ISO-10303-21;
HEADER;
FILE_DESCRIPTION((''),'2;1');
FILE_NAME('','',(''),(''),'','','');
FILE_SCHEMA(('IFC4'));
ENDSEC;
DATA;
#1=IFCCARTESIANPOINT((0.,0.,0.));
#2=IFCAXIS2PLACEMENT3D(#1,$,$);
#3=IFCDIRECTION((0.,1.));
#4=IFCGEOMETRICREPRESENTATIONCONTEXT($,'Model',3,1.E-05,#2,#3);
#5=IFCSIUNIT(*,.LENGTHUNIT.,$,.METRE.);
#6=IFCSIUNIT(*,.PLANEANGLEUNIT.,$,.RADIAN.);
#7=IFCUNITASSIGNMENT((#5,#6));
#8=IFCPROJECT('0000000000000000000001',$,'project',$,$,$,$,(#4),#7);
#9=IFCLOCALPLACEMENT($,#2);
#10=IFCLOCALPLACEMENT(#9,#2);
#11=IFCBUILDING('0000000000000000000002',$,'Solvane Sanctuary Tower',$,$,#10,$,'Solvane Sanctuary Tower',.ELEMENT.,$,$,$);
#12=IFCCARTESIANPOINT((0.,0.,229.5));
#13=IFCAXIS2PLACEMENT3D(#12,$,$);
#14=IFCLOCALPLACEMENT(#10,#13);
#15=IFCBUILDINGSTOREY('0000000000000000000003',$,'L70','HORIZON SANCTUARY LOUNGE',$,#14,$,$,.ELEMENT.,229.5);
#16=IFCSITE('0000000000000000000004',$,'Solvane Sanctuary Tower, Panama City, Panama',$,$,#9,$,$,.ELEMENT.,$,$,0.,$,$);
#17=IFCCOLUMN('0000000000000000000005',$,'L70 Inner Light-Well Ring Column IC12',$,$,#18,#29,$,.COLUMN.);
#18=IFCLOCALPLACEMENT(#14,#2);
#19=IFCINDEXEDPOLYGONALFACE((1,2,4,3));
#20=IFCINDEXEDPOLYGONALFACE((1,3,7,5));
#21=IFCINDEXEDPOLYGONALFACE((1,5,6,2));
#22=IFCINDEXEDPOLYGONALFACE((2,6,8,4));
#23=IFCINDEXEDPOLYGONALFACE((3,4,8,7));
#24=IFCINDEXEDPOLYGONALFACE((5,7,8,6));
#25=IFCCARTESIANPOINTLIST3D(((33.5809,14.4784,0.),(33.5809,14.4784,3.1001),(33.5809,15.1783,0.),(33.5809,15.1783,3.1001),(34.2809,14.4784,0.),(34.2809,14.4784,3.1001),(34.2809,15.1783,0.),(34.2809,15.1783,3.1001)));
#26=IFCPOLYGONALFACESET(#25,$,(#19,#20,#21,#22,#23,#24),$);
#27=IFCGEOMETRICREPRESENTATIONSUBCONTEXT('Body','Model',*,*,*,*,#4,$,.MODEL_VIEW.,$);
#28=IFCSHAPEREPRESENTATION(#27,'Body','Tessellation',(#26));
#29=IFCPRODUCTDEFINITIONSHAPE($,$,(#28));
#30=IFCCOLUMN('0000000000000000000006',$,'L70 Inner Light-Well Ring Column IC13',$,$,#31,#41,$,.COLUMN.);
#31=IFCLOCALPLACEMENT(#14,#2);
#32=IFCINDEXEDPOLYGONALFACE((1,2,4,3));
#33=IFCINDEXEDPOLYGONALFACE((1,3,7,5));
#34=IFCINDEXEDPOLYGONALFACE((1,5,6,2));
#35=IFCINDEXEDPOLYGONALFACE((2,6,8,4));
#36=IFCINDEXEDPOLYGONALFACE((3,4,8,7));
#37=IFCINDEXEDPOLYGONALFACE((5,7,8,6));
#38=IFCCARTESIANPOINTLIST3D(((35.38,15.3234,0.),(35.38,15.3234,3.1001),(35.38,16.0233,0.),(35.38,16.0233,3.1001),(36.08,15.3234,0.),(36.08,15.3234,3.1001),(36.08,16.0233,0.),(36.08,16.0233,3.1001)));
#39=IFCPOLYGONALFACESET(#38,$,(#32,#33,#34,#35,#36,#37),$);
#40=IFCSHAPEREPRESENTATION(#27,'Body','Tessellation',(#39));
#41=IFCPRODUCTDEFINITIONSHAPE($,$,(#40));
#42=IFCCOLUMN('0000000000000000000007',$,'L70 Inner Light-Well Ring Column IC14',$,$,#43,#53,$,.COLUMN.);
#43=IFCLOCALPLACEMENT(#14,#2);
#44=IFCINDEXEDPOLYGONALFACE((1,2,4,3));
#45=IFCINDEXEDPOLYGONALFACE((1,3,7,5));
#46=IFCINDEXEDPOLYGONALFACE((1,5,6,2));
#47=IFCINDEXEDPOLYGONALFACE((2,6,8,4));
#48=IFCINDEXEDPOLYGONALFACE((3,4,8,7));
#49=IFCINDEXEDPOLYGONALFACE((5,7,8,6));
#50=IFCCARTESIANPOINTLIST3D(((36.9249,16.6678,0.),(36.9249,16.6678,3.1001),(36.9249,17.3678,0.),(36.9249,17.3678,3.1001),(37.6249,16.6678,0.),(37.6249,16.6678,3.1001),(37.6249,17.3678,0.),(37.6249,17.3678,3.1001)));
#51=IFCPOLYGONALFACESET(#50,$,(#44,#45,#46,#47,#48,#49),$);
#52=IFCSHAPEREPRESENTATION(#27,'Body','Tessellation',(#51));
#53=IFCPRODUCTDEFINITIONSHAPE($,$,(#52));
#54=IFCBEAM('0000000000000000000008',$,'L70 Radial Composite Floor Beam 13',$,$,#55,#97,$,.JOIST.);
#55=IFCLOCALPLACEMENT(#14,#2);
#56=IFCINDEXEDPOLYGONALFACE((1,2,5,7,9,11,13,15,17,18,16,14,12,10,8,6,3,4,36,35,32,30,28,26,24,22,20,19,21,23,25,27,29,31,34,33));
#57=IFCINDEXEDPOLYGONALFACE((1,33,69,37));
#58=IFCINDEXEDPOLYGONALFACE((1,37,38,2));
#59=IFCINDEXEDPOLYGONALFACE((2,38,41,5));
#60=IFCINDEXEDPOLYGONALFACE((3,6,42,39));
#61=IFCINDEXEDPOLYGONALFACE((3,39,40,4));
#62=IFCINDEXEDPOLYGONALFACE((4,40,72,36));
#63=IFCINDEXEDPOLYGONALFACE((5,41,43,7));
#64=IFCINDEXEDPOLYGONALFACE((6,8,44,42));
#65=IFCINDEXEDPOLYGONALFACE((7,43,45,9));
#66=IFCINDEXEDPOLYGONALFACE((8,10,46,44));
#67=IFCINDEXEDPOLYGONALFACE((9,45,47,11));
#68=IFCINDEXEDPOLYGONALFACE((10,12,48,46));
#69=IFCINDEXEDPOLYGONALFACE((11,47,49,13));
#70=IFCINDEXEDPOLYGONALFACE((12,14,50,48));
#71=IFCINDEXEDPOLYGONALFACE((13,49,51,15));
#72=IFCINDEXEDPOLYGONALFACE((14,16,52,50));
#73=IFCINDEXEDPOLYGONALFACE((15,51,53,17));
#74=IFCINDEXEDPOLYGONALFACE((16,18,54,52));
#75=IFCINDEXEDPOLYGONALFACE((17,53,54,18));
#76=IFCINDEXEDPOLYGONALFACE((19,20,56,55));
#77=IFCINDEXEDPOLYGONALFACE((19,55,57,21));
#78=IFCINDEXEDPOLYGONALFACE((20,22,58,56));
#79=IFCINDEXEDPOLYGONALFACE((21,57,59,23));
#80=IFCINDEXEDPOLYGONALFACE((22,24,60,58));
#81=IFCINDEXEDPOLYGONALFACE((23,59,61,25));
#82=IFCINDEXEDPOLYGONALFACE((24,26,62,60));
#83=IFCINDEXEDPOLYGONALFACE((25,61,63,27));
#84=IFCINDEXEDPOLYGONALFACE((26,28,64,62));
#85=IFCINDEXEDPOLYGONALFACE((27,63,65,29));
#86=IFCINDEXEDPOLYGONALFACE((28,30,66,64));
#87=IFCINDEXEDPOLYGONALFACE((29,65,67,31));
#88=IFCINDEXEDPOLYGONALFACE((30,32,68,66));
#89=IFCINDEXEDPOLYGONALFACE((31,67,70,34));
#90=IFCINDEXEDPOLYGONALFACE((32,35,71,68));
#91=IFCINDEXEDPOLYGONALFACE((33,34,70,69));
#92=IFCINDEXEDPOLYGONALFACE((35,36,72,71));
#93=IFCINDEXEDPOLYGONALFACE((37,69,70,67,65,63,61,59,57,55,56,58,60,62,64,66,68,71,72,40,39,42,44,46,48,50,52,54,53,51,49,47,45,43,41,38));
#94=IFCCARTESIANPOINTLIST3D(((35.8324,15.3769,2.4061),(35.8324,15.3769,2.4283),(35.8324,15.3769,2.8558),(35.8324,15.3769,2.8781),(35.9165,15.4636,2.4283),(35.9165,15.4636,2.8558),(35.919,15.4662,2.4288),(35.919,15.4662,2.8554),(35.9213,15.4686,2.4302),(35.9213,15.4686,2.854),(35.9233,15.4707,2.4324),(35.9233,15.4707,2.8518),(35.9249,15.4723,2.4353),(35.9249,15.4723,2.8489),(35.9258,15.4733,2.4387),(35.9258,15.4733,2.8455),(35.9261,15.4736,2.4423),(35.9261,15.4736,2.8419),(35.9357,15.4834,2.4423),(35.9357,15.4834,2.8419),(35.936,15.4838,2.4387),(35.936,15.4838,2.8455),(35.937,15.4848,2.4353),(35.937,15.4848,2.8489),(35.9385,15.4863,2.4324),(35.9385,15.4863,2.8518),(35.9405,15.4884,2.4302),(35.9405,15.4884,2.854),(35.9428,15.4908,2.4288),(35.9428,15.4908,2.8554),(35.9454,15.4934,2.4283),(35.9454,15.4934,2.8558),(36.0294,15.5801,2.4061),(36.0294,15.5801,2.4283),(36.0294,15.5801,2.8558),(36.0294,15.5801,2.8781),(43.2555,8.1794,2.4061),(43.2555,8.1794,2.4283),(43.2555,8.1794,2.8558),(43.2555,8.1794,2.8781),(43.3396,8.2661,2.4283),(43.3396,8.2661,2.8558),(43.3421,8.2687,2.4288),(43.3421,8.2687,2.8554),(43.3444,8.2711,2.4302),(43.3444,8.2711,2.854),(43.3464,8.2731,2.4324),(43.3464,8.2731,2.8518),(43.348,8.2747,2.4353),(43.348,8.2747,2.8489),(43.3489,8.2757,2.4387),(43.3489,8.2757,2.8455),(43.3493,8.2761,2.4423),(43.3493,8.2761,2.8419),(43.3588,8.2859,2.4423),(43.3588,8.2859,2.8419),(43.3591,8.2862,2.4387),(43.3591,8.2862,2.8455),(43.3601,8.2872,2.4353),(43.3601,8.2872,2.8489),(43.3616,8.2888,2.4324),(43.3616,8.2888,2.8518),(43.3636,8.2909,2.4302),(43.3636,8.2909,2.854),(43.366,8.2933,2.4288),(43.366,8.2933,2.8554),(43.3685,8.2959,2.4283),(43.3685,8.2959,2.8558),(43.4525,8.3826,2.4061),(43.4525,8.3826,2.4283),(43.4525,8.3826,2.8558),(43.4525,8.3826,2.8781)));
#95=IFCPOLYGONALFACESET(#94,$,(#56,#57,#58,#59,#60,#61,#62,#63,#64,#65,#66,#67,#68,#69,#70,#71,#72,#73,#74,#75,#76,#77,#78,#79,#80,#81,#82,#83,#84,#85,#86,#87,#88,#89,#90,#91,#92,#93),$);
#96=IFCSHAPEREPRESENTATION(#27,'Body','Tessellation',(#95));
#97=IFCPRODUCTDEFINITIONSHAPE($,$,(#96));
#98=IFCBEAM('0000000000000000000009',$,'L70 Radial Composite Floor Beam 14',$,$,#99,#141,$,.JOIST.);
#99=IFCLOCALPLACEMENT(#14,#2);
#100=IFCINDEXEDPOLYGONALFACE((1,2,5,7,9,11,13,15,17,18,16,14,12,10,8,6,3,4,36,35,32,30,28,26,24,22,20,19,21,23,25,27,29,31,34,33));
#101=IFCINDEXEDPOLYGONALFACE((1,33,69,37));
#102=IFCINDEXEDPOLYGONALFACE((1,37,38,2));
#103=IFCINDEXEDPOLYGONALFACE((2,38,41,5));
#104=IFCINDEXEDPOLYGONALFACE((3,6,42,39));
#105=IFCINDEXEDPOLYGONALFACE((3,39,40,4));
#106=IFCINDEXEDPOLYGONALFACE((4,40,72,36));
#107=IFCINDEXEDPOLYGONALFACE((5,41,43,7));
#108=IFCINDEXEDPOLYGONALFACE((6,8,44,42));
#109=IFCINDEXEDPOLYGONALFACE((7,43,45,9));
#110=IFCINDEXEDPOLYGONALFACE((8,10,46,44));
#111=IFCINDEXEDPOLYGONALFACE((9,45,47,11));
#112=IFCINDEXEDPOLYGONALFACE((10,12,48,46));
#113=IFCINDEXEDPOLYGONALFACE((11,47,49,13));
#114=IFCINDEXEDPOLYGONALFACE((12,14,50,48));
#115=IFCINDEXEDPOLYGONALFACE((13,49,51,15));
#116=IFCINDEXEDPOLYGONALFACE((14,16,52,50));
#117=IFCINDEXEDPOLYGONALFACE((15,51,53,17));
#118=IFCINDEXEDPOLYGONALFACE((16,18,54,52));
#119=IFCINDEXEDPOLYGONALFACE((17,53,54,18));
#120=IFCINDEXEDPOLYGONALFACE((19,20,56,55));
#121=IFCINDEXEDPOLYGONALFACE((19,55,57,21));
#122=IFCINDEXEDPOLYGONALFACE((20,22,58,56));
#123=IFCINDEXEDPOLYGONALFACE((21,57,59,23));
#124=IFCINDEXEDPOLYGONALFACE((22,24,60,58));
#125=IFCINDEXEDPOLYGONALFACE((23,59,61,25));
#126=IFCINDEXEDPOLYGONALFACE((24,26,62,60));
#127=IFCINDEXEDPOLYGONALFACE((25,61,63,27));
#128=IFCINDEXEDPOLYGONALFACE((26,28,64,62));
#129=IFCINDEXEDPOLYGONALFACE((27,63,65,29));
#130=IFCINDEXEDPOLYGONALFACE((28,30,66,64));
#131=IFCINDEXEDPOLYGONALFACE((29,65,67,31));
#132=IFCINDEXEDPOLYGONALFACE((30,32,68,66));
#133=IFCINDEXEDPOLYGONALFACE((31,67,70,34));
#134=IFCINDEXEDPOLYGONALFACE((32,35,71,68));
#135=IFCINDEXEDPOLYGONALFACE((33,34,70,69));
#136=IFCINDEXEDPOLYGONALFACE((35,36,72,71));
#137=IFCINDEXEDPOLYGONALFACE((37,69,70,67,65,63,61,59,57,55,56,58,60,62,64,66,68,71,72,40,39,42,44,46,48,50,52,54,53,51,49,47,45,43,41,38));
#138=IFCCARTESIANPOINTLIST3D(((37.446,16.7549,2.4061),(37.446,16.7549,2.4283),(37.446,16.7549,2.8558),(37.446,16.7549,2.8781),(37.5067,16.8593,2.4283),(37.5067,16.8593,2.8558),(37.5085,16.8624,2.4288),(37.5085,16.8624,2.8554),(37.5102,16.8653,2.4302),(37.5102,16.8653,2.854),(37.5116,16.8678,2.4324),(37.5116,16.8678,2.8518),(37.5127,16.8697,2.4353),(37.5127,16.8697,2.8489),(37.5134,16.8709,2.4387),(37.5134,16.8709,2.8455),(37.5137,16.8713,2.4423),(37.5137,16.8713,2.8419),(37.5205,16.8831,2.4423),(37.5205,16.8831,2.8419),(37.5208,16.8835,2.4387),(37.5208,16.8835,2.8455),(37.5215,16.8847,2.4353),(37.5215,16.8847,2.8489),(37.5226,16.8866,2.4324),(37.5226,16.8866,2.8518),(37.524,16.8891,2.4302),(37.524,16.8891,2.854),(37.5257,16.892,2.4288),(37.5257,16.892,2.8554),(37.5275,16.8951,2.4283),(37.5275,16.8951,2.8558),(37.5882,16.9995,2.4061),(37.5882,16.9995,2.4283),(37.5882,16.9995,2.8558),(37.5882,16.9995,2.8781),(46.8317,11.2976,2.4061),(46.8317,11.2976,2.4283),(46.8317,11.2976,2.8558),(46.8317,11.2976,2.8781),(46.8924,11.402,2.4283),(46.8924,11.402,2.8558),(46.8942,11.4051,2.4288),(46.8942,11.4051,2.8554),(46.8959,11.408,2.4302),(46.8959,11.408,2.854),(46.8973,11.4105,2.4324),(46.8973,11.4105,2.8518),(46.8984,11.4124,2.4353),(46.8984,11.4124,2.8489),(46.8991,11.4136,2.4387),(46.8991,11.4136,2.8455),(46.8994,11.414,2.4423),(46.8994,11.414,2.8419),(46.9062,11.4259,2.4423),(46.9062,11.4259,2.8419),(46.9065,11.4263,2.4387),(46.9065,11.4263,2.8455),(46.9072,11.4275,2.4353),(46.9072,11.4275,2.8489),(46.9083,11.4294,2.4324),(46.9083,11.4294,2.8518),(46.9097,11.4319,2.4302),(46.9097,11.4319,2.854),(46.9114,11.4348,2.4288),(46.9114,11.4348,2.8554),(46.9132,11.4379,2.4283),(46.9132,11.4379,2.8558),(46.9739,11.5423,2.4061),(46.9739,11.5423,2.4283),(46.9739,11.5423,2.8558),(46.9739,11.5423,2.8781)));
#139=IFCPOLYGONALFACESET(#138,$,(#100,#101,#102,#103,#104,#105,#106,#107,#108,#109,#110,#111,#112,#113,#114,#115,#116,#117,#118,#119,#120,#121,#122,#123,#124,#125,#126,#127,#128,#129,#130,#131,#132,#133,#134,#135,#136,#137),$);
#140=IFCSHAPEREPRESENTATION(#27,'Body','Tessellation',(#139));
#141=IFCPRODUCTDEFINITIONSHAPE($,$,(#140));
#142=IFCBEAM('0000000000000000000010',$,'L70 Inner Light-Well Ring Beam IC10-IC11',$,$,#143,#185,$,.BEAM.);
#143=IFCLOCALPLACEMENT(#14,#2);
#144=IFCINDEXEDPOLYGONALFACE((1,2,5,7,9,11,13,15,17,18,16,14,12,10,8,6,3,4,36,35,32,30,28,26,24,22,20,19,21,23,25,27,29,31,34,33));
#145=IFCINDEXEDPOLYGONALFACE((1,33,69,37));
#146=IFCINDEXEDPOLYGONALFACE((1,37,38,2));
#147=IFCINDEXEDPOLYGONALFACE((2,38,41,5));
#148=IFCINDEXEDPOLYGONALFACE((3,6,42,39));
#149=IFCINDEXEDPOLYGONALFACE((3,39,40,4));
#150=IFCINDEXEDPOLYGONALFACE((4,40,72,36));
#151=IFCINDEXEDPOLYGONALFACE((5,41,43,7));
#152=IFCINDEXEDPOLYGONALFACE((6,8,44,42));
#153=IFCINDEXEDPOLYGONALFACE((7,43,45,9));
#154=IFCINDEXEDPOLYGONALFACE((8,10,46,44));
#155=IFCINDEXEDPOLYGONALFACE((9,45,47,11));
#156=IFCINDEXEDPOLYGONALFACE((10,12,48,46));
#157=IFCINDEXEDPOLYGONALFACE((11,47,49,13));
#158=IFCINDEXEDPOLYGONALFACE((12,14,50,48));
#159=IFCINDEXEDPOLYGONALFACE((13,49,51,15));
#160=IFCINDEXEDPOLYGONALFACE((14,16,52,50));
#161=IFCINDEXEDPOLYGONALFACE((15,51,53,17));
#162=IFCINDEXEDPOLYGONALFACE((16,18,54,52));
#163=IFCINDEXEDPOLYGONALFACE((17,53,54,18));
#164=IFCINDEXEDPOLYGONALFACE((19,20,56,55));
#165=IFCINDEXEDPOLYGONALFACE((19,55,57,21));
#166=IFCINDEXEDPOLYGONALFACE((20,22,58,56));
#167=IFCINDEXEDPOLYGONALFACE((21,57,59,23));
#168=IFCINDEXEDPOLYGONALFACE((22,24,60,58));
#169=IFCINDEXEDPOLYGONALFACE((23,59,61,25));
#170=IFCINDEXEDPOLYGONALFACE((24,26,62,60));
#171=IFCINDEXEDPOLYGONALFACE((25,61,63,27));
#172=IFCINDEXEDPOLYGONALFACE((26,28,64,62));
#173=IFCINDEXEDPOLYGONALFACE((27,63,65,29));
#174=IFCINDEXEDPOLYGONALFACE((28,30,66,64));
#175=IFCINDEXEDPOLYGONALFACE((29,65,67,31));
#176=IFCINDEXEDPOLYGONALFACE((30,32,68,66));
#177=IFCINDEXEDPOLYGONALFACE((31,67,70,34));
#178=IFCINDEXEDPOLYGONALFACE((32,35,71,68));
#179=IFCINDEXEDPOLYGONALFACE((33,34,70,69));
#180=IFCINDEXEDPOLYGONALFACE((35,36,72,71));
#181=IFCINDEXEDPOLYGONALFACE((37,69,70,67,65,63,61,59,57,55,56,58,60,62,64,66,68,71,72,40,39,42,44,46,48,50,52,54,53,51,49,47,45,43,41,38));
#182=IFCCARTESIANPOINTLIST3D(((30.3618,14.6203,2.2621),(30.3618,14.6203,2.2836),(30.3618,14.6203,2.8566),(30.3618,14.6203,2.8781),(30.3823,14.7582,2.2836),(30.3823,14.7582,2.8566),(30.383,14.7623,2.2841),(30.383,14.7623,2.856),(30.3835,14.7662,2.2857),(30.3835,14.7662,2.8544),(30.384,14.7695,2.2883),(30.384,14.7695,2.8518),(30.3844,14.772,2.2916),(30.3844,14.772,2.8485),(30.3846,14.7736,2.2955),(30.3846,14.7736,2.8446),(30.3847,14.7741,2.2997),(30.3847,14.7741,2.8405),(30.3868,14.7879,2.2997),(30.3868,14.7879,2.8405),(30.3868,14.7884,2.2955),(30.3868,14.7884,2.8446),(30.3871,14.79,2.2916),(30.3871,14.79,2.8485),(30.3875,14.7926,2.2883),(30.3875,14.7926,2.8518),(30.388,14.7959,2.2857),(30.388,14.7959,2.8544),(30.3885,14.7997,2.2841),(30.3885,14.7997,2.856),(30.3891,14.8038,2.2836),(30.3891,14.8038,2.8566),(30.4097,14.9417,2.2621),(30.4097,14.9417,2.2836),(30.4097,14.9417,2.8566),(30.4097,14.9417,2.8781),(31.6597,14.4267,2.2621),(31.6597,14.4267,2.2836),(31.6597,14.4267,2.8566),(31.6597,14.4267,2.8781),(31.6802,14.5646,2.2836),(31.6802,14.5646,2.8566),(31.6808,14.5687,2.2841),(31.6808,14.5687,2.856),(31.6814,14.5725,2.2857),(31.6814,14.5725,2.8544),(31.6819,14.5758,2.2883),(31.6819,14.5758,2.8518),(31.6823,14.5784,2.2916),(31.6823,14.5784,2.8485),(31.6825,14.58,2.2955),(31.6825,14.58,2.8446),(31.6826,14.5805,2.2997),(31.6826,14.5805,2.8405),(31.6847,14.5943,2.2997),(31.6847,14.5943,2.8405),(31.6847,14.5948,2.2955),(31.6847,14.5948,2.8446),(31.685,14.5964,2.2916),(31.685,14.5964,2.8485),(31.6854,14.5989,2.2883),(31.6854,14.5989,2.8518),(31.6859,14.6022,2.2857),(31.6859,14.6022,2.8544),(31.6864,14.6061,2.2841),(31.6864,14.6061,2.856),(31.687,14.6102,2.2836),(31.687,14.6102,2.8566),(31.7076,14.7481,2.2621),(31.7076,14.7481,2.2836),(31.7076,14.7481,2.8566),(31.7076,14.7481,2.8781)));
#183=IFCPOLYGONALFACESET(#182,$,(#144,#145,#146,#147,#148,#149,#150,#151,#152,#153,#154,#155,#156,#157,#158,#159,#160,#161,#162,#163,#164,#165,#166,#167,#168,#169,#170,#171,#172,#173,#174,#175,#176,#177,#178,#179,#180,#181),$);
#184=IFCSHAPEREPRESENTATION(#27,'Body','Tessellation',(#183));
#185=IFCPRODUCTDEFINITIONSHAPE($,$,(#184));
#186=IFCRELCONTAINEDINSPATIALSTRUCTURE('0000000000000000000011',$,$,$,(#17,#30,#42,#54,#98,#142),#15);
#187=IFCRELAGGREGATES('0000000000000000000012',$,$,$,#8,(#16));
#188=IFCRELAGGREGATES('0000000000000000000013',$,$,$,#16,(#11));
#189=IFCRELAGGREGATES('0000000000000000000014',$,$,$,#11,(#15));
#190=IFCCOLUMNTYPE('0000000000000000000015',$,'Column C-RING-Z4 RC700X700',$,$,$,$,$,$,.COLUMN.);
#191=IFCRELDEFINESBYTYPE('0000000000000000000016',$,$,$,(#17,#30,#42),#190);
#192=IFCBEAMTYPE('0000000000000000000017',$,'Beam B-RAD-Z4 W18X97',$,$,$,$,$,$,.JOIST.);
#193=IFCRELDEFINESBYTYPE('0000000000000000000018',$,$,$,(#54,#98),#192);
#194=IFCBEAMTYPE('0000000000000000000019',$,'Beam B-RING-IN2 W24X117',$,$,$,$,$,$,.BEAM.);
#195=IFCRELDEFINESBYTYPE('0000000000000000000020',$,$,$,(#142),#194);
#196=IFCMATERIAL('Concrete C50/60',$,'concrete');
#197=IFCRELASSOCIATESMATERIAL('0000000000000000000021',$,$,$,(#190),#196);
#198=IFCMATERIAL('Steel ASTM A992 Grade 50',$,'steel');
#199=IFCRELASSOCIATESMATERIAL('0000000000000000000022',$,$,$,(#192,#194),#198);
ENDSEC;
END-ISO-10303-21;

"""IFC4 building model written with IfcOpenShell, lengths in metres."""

from ifc_helpers import new_model, si_unit, direction, frame, origin, origin_2d, place, context, subcontext, project, spatial, rectangle, i_section, extrude, material, material_profile, profile_set, type_object, element, save


model = new_model("IFC4")

# Units and contexts
model_context = context("Model", 3, precision=1e-05, world=origin(), true_north=direction((0.0, 1.0)))
body_context = subcontext(model_context, "Body", "Model", "MODEL_VIEW")
ifc_project = project(units=[si_unit("LENGTHUNIT", "METRE"), si_unit("PLANEANGLEUNIT", "RADIAN")], contexts=[model_context])

# Site, building, storey
site_placement = place(None, origin())
site = spatial("IfcSite", under=ifc_project, at=site_placement, Name="Solvane Sanctuary Tower, Panama City, Panama", CompositionType="ELEMENT", RefElevation=0.0)
building_placement = place(site_placement, origin())
building = spatial("IfcBuilding", under=site, at=building_placement, Name="Solvane Sanctuary Tower", LongName="Solvane Sanctuary Tower", CompositionType="ELEMENT")
storey_placement = place(building_placement, frame((0.0, 0.0, 229.5)))
storey = spatial("IfcBuildingStorey", under=building, at=storey_placement, Name="L70", Description="HORIZON SANCTUARY LOUNGE", CompositionType="ELEMENT", Elevation=229.5)

# Columns
ifc_material_1 = material(Name="Concrete C50/60", Category="concrete")
ifc_material_profile_1 = material_profile(ifc_material_1, rectangle(XDim=0.7, YDim=0.7, at=origin_2d()), Name="RC700X700")
ifc_profile_set_1 = profile_set([ifc_material_profile_1], Name="Concrete C50/60")
column_type = type_object("IfcColumnType", Name="Column C-RING-Z4 RC700X700", PredefinedType="COLUMN", material=ifc_profile_set_1)
for number, where, z_axis, x_axis, name in (
    (1, (33.9309, 14.8284, 0.0), (0.0, 0.0, 1.0), (1.0, 0.0, 0.0), "L70 Inner Light-Well Ring Column IC12"),
    (2, (35.73, 15.6733, 0.0), (0.0, 0.0, 1.0), (1.0, 0.0, 0.0), "L70 Inner Light-Well Ring Column IC13"),
    (3, (37.2749, 17.0178, 0.0), (0.0, 0.0, 1.0), (1.0, 0.0, 0.0), "L70 Inner Light-Well Ring Column IC14"),
):
    element("IfcColumn", number, at=place(storey_placement, frame(where, z_axis=z_axis, x_axis=x_axis)), inside=storey, type_object=column_type, Name=name, PredefinedType="COLUMN", context=body_context, shape_type="SweptSolid", body=[
        extrude(rectangle(XDim=0.7, YDim=0.7, at=origin_2d()), origin(), (0.0, 0.0, 1.0), 3.1001),
    ])

# Beams
ifc_material_2 = material(Name="Steel ASTM A992 Grade 50", Category="steel")
ifc_material_profile_2 = material_profile(ifc_material_2, i_section(OverallWidth=0.283, OverallDepth=0.4719, WebThickness=0.0137, FlangeThickness=0.0222, FilletRadius=0.0139, at=origin_2d()), Name="W18X97")
ifc_profile_set_2 = profile_set([ifc_material_profile_2], Name="Steel ASTM A992 Grade 50")
beam_type_1 = type_object("IfcBeamType", Name="Beam B-RAD-Z4 W18X97", PredefinedType="JOIST", material=ifc_profile_set_2)
beam_1_placement = place(storey_placement, frame((35.9309, 15.4785, 2.6421), z_axis=(0.717932, -0.696114, 0.0), x_axis=(0.696114, 0.717932, 0.0)))
element("IfcBeam", 4, at=beam_1_placement, inside=storey, type_object=beam_type_1, Name="L70 Radial Composite Floor Beam 13", PredefinedType="JOIST", context=body_context, shape_type="SweptSolid", body=[
    extrude(i_section(OverallWidth=0.283, OverallDepth=0.4719, WebThickness=0.0137, FlangeThickness=0.0222, FilletRadius=0.0139, at=origin_2d()), origin(), (0.0, 0.0, 1.0), 10.3396),
])
beam_2_placement = place(storey_placement, frame((37.5171, 16.8772, 2.6421), z_axis=(0.864489, -0.502651, 0.0), x_axis=(0.502651, 0.864489, 0.0)))
element("IfcBeam", 5, at=beam_2_placement, inside=storey, type_object=beam_type_1, Name="L70 Radial Composite Floor Beam 14", PredefinedType="JOIST", context=body_context, shape_type="SweptSolid", body=[
    extrude(i_section(OverallWidth=0.283, OverallDepth=0.4719, WebThickness=0.0137, FlangeThickness=0.0222, FilletRadius=0.0139, at=origin_2d()), origin(), (0.0, 0.0, 1.0), 10.8569),
])
ifc_material_profile_3 = material_profile(ifc_material_2, i_section(OverallWidth=0.325, OverallDepth=0.616, WebThickness=0.0139, FlangeThickness=0.0215, FilletRadius=0.0161, at=origin_2d()), Name="W24X117")
ifc_profile_set_3 = profile_set([ifc_material_profile_3], Name="Steel ASTM A992 Grade 50")
beam_type_2 = type_object("IfcBeamType", Name="Beam B-RING-IN2 W24X117", PredefinedType="BEAM", material=ifc_profile_set_3)
beam_3_placement = place(storey_placement, frame((30.3857, 14.781, 2.5701), z_axis=(0.989056, -0.14754, 0.0), x_axis=(0.14754, 0.989056, 0.0)))
element("IfcBeam", 6, at=beam_3_placement, inside=storey, type_object=beam_type_2, Name="L70 Inner Light-Well Ring Beam IC10-IC11", PredefinedType="BEAM", context=body_context, shape_type="SweptSolid", body=[
    extrude(i_section(OverallWidth=0.325, OverallDepth=0.616, WebThickness=0.0139, FlangeThickness=0.0215, FilletRadius=0.0161, at=origin_2d()), origin(), (0.0, 0.0, 1.0), 1.3123),
])

save(model, "model.ifc")
